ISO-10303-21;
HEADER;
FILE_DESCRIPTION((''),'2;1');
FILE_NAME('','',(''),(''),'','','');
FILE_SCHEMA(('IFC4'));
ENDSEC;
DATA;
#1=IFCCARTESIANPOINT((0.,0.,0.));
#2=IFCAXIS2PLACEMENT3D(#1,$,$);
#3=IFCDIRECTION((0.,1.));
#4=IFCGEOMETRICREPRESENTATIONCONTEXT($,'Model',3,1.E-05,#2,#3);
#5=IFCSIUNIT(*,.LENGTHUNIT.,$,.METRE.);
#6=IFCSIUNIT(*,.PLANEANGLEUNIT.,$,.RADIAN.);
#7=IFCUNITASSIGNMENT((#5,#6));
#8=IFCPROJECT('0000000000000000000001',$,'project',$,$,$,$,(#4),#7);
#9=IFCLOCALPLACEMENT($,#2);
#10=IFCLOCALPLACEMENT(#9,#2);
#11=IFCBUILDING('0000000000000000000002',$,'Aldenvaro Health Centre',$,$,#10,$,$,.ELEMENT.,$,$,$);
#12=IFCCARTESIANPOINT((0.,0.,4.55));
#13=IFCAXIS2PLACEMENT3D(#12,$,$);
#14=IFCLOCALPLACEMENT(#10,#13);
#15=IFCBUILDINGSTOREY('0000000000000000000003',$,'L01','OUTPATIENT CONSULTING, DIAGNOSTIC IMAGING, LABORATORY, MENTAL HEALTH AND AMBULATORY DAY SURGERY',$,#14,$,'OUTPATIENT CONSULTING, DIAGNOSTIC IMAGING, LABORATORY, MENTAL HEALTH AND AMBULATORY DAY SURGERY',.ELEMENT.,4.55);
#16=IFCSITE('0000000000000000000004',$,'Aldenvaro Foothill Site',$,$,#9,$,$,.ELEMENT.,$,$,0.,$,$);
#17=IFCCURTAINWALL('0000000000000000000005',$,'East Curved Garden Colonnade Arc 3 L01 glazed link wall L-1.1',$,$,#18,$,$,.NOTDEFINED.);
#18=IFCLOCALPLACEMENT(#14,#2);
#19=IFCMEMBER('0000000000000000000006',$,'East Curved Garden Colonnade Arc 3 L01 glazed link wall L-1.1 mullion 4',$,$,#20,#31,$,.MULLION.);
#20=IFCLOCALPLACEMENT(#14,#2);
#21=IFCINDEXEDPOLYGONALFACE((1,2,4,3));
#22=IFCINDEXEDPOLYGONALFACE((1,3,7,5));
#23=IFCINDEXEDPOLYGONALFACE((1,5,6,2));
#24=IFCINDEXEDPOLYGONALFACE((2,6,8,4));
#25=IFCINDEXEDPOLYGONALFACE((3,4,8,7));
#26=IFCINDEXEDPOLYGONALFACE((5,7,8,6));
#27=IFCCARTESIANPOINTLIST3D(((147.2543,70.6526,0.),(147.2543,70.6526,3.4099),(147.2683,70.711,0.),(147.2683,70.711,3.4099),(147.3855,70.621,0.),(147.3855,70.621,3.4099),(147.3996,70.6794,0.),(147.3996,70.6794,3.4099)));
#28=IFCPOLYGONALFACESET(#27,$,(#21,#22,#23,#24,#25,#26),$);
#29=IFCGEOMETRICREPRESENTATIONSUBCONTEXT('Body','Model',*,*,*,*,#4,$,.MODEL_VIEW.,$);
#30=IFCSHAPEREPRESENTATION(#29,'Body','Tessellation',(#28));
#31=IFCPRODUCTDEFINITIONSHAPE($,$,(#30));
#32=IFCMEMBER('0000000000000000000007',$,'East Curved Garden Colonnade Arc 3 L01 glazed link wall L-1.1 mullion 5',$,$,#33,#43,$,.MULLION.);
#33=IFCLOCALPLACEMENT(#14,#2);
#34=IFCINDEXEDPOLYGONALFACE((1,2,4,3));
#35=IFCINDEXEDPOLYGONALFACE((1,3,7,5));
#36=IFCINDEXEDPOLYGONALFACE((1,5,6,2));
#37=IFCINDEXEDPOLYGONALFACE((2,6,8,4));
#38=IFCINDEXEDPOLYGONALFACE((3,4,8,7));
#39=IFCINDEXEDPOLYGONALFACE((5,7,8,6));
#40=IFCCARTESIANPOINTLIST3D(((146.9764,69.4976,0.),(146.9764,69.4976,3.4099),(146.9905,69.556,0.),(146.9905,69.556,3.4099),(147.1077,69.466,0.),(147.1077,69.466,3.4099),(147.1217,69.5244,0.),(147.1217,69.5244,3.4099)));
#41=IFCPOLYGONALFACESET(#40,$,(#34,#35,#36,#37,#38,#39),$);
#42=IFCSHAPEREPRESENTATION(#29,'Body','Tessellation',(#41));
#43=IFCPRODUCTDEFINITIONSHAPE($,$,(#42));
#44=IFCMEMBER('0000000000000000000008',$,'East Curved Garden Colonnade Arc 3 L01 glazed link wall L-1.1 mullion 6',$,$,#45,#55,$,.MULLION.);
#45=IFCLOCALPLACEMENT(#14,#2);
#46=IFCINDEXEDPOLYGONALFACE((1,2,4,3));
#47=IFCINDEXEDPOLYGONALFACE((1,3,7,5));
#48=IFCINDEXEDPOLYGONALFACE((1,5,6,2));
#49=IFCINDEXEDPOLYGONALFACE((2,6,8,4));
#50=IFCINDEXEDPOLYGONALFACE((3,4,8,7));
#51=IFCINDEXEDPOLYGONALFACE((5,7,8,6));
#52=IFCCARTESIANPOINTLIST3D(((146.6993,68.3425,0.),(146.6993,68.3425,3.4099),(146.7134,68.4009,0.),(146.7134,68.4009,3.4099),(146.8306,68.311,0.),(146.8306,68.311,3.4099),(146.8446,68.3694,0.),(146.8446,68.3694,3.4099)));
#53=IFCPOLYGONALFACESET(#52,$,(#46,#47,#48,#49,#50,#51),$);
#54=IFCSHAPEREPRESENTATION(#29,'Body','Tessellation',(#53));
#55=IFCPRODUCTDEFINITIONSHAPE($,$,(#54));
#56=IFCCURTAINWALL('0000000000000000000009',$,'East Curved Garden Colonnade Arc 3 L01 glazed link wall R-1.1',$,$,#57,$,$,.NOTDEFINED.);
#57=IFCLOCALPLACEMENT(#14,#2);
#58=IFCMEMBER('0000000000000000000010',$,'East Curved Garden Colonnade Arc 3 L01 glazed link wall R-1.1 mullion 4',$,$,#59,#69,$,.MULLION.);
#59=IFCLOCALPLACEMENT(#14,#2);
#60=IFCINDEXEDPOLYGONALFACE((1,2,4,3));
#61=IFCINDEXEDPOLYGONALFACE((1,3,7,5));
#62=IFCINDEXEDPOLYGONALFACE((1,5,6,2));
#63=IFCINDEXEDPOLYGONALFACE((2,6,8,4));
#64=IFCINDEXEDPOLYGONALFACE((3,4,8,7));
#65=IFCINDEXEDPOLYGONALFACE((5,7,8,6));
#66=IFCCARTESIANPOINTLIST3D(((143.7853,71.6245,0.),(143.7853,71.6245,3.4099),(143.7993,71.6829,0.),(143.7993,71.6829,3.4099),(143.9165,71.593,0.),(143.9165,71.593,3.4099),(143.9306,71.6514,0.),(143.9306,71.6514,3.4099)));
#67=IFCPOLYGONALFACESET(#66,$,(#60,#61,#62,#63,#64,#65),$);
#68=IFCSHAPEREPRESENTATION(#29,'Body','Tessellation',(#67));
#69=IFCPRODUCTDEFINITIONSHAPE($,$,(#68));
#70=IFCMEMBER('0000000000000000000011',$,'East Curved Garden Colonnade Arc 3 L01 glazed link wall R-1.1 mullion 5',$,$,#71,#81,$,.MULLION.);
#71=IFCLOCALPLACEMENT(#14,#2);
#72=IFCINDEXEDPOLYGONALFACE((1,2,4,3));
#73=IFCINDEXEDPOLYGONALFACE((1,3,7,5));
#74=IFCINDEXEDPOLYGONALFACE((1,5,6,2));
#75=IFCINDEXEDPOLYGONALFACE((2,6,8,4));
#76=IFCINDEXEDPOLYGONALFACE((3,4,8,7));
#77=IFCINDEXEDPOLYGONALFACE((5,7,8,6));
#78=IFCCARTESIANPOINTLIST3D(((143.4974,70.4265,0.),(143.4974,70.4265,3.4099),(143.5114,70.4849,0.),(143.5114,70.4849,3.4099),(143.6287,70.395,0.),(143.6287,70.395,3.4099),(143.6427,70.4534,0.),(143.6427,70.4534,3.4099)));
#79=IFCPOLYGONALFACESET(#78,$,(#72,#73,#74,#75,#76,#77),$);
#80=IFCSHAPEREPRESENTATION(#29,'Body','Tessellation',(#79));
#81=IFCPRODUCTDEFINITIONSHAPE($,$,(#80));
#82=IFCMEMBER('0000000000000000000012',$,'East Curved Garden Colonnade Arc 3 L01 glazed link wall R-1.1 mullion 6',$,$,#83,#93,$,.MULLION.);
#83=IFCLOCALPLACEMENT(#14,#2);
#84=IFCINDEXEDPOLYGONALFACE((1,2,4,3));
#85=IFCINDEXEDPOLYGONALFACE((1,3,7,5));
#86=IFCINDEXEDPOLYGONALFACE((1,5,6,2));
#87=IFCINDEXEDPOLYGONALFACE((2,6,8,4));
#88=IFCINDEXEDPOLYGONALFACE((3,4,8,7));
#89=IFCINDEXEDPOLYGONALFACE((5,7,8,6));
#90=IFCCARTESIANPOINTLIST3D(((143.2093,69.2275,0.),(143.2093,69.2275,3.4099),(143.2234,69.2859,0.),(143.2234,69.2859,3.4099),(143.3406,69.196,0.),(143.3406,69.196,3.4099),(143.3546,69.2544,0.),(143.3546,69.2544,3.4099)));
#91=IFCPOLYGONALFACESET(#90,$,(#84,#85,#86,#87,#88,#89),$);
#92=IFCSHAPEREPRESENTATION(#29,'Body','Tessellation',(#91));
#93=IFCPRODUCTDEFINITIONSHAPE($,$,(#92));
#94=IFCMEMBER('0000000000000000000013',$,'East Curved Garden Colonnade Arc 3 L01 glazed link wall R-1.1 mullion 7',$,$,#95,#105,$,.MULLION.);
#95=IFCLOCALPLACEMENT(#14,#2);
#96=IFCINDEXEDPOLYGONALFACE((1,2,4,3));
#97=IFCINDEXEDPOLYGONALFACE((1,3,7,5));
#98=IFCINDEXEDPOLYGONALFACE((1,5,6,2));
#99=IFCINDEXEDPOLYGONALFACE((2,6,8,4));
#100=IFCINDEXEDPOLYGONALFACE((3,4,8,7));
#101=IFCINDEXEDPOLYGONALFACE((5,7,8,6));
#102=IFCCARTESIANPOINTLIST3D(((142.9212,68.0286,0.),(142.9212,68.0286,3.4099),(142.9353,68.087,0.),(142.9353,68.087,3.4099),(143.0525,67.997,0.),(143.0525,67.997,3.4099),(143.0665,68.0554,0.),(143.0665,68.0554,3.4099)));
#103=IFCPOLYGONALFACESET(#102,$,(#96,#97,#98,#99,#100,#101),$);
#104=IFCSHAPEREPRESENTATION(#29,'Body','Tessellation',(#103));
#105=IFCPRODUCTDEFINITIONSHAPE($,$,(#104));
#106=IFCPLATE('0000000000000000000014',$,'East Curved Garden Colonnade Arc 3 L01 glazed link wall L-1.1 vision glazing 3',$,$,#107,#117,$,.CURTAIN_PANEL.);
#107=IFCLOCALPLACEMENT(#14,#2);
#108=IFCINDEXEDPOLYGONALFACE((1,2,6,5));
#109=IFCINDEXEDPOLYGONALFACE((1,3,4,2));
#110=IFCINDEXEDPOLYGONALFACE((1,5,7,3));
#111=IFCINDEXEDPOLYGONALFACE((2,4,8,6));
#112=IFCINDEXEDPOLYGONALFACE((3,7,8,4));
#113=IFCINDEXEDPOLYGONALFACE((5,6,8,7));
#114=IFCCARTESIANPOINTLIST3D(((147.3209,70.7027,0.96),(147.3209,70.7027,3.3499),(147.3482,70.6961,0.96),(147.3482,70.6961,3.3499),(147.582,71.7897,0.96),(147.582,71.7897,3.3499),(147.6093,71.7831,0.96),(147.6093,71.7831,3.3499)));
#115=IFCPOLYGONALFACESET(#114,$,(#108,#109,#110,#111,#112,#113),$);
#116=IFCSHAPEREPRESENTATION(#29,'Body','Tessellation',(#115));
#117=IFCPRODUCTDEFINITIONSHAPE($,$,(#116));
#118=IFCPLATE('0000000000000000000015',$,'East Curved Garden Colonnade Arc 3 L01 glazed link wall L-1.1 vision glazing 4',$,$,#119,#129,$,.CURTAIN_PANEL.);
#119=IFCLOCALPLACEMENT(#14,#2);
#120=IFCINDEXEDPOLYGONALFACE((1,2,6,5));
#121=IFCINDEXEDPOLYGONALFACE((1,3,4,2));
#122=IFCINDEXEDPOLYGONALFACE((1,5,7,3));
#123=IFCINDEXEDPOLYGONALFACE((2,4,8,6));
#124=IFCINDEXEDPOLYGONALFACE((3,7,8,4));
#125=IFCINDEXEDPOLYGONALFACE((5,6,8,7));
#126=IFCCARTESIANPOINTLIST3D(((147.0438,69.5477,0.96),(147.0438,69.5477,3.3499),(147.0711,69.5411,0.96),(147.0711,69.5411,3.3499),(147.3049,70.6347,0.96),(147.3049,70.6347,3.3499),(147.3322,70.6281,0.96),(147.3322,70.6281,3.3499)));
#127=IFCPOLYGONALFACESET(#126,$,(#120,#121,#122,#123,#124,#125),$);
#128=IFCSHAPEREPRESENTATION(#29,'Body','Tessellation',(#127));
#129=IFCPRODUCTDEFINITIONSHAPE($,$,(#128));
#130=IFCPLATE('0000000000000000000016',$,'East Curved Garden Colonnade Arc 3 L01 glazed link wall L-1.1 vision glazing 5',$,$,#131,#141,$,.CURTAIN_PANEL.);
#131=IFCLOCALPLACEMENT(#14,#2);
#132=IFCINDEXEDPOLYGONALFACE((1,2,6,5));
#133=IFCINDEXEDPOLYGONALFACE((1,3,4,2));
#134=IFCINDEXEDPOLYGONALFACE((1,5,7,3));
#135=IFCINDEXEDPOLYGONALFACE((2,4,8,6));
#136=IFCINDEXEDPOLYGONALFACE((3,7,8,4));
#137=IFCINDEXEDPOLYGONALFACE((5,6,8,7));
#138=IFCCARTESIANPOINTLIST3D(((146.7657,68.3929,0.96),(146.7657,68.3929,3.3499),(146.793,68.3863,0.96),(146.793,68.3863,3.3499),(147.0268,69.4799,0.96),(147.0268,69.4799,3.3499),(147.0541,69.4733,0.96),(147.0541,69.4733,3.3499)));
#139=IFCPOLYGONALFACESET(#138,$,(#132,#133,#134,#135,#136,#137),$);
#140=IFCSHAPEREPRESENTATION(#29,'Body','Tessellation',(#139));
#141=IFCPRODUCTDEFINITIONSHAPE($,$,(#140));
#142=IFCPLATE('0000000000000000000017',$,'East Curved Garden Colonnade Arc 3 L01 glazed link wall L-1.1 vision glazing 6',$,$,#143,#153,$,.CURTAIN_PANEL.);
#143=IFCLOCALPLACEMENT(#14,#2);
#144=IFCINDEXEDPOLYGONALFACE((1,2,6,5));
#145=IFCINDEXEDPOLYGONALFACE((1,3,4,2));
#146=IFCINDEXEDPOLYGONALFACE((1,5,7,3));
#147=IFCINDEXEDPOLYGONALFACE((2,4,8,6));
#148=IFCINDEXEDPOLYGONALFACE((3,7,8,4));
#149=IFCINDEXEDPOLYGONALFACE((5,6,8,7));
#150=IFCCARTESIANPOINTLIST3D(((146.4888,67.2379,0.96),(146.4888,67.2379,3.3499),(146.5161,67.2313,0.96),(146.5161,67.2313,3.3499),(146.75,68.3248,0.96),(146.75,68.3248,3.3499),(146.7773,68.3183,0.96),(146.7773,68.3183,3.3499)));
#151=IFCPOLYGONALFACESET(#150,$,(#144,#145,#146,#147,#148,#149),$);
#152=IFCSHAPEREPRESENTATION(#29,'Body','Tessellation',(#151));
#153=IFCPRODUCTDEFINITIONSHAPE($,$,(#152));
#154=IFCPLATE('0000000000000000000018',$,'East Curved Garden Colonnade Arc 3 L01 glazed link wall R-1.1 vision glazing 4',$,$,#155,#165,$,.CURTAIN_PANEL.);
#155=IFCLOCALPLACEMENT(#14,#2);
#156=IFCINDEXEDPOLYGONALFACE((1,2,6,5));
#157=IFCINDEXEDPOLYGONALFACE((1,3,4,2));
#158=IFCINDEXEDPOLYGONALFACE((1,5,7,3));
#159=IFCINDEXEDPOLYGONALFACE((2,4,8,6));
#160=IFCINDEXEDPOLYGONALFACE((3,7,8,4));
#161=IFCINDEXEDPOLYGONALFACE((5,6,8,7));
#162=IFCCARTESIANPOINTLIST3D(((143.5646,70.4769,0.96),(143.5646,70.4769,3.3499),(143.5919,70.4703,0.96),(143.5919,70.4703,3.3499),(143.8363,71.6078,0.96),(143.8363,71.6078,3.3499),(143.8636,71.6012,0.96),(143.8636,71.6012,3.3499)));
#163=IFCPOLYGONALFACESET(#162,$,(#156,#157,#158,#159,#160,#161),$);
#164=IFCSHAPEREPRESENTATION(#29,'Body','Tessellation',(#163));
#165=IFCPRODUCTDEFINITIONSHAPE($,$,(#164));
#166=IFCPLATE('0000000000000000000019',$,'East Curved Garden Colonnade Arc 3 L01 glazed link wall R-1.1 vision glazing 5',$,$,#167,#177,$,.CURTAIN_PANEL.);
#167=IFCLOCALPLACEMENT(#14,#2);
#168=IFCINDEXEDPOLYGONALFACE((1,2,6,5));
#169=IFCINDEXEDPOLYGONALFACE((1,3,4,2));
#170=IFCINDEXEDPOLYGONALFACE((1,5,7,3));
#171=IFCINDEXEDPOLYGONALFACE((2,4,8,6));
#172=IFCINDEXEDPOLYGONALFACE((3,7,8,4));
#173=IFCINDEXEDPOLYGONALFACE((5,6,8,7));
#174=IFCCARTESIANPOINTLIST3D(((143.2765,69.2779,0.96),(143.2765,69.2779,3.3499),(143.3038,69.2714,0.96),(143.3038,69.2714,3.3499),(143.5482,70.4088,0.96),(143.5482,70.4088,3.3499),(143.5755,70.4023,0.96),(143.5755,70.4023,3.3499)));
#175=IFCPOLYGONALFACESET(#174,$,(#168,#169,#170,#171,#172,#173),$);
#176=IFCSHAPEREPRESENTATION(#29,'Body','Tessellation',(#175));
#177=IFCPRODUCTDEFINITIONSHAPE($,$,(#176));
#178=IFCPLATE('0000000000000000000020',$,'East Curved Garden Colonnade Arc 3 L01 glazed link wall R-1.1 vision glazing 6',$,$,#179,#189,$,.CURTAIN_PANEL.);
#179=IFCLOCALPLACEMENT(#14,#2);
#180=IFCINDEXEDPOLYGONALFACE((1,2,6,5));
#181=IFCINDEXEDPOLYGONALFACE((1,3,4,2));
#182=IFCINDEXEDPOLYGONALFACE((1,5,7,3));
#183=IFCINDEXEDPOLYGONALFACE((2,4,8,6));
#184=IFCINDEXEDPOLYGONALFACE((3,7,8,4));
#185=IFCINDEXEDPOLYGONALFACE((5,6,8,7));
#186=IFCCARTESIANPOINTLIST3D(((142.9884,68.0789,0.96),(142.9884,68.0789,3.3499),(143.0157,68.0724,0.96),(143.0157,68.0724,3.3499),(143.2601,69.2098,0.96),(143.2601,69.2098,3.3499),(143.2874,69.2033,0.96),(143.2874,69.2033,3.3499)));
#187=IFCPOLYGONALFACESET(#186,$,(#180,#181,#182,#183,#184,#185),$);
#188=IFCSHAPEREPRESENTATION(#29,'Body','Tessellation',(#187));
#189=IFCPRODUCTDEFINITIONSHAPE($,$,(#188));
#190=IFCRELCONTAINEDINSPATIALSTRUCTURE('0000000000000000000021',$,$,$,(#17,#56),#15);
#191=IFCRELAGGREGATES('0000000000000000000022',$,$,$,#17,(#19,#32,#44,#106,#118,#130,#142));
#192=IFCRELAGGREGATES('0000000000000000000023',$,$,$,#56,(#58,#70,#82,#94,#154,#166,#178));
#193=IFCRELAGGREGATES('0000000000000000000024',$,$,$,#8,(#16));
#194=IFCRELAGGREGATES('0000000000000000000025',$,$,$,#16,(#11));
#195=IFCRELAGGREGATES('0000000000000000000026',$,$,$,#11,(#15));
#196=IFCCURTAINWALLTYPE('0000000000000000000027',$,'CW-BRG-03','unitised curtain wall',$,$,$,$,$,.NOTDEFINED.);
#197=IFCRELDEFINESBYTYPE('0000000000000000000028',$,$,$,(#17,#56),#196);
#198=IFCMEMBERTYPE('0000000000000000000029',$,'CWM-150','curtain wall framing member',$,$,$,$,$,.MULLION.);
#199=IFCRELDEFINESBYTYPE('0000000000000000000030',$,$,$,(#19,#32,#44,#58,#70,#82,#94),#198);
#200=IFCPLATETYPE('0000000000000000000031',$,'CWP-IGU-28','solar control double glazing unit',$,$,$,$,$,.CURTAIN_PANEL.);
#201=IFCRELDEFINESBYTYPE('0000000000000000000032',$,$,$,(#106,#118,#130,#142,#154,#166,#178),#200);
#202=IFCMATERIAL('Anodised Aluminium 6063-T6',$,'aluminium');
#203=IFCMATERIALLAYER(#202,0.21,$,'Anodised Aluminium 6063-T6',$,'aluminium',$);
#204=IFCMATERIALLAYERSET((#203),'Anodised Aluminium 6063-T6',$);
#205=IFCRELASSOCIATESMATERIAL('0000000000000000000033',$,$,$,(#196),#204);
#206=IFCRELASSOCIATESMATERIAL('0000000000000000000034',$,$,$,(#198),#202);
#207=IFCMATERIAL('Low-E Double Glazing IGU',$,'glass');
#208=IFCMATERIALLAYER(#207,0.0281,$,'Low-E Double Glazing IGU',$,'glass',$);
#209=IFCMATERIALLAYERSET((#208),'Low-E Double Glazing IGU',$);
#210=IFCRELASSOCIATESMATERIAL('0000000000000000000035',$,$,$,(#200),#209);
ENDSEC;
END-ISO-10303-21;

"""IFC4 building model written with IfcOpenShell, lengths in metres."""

from ifc_helpers import new_model, si_unit, direction, frame, origin, origin_2d, place, context, subcontext, project, spatial, rectangle, extrude, material, layer, layer_set, material_profile, profile_set, type_object, element, aggregate, save


model = new_model("IFC4")

# Units and contexts
model_context = context("Model", 3, precision=1e-05, world=origin(), true_north=direction((0.0, 1.0)))
body_context = subcontext(model_context, "Body", "Model", "MODEL_VIEW")
ifc_project = project(units=[si_unit("LENGTHUNIT", "METRE"), si_unit("PLANEANGLEUNIT", "RADIAN")], contexts=[model_context])

# Site, building, storey
site_placement = place(None, origin())
site = spatial("IfcSite", under=ifc_project, at=site_placement, Name="Aldenvaro Foothill Site", CompositionType="ELEMENT", RefElevation=0.0)
building_placement = place(site_placement, origin())
building = spatial("IfcBuilding", under=site, at=building_placement, Name="Aldenvaro Health Centre", CompositionType="ELEMENT")
storey_placement = place(building_placement, frame((0.0, 0.0, 4.55)))
storey = spatial("IfcBuildingStorey", under=building, at=storey_placement, Name="L01", Description="OUTPATIENT CONSULTING, DIAGNOSTIC IMAGING, LABORATORY, MENTAL HEALTH AND AMBULATORY DAY SURGERY", LongName="OUTPATIENT CONSULTING, DIAGNOSTIC IMAGING, LABORATORY, MENTAL HEALTH AND AMBULATORY DAY SURGERY", CompositionType="ELEMENT", Elevation=4.55)

# Curtain walls, members
ifc_material_1 = material(Name="Anodised Aluminium 6063-T6", Category="aluminium")
ifc_layer_1 = layer(ifc_material_1, 0.21, Name="Anodised Aluminium 6063-T6", Category="aluminium")
ifc_layer_set_1 = layer_set([ifc_layer_1], Name="Anodised Aluminium 6063-T6")
curtain_wall_type = type_object("IfcCurtainWallType", Name="CW-BRG-03", Description="unitised curtain wall", PredefinedType="NOTDEFINED", material=ifc_layer_set_1)
curtain_wall_1_placement = place(storey_placement, origin())
curtain_wall_1 = element("IfcCurtainWall", 1, at=curtain_wall_1_placement, inside=storey, type_object=curtain_wall_type, Name="East Curved Garden Colonnade Arc 3 L01 glazed link wall L-1.1", PredefinedType="NOTDEFINED")
ifc_material_profile = material_profile(ifc_material_1, rectangle(XDim=0.0601, YDim=0.135, at=origin_2d()), Name="ALU 60x135", Category="aluminium")
ifc_profile_set = profile_set([ifc_material_profile], Name="Anodised Aluminium 6063-T6")
member_type = type_object("IfcMemberType", Name="CWM-150", Description="curtain wall framing member", PredefinedType="MULLION", material=ifc_profile_set)
member_1_placement = place(storey_placement, frame((147.3269, 70.666, 0.0), z_axis=(0.0, 0.0, 1.0), x_axis=(-0.233612, -0.97233, 0.0)))
member_1 = element("IfcMember", 2, at=member_1_placement, type_object=member_type, Name="East Curved Garden Colonnade Arc 3 L01 glazed link wall L-1.1 mullion 4", PredefinedType="MULLION", context=body_context, shape_type="SweptSolid", body=[
    extrude(rectangle(XDim=0.0601, YDim=0.135, at=origin_2d()), origin(), (0.0, 0.0, 1.0), 3.4099),
])
member_2_placement = place(storey_placement, frame((147.0491, 69.511, 0.0), z_axis=(0.0, 0.0, 1.0), x_axis=(-0.233612, -0.97233, 0.0)))
member_2 = element("IfcMember", 3, at=member_2_placement, type_object=member_type, Name="East Curved Garden Colonnade Arc 3 L01 glazed link wall L-1.1 mullion 5", PredefinedType="MULLION", context=body_context, shape_type="SweptSolid", body=[
    extrude(rectangle(XDim=0.0601, YDim=0.135, at=origin_2d()), origin(), (0.0, 0.0, 1.0), 3.4099),
])
member_3_placement = place(storey_placement, frame((146.772, 68.356, 0.0), z_axis=(0.0, 0.0, 1.0), x_axis=(-0.233612, -0.97233, 0.0)))
member_3 = element("IfcMember", 4, at=member_3_placement, type_object=member_type, Name="East Curved Garden Colonnade Arc 3 L01 glazed link wall L-1.1 mullion 6", PredefinedType="MULLION", context=body_context, shape_type="SweptSolid", body=[
    extrude(rectangle(XDim=0.0601, YDim=0.135, at=origin_2d()), origin(), (0.0, 0.0, 1.0), 3.4099),
])
curtain_wall_2_placement = place(storey_placement, origin())
curtain_wall_2 = element("IfcCurtainWall", 5, at=curtain_wall_2_placement, inside=storey, type_object=curtain_wall_type, Name="East Curved Garden Colonnade Arc 3 L01 glazed link wall R-1.1", PredefinedType="NOTDEFINED")
member_4_placement = place(storey_placement, frame((143.8579, 71.6379, 0.0), z_axis=(0.0, 0.0, 1.0), x_axis=(-0.233588, -0.972336, 0.0)))
member_4 = element("IfcMember", 6, at=member_4_placement, type_object=member_type, Name="East Curved Garden Colonnade Arc 3 L01 glazed link wall R-1.1 mullion 4", PredefinedType="MULLION", context=body_context, shape_type="SweptSolid", body=[
    extrude(rectangle(XDim=0.0601, YDim=0.135, at=origin_2d()), origin(), (0.0, 0.0, 1.0), 3.4099),
])
member_5_placement = place(storey_placement, frame((143.5701, 70.4399, 0.0), z_axis=(0.0, 0.0, 1.0), x_axis=(-0.233588, -0.972336, 0.0)))
member_5 = element("IfcMember", 7, at=member_5_placement, type_object=member_type, Name="East Curved Garden Colonnade Arc 3 L01 glazed link wall R-1.1 mullion 5", PredefinedType="MULLION", context=body_context, shape_type="SweptSolid", body=[
    extrude(rectangle(XDim=0.0601, YDim=0.135, at=origin_2d()), origin(), (0.0, 0.0, 1.0), 3.4099),
])
member_6_placement = place(storey_placement, frame((143.282, 69.241, 0.0), z_axis=(0.0, 0.0, 1.0), x_axis=(-0.233588, -0.972336, 0.0)))
member_6 = element("IfcMember", 8, at=member_6_placement, type_object=member_type, Name="East Curved Garden Colonnade Arc 3 L01 glazed link wall R-1.1 mullion 6", PredefinedType="MULLION", context=body_context, shape_type="SweptSolid", body=[
    extrude(rectangle(XDim=0.0601, YDim=0.135, at=origin_2d()), origin(), (0.0, 0.0, 1.0), 3.4099),
])
member_7_placement = place(storey_placement, frame((142.9939, 68.042, 0.0), z_axis=(0.0, 0.0, 1.0), x_axis=(-0.233588, -0.972336, 0.0)))
member_7 = element("IfcMember", 9, at=member_7_placement, type_object=member_type, Name="East Curved Garden Colonnade Arc 3 L01 glazed link wall R-1.1 mullion 7", PredefinedType="MULLION", context=body_context, shape_type="SweptSolid", body=[
    extrude(rectangle(XDim=0.0601, YDim=0.135, at=origin_2d()), origin(), (0.0, 0.0, 1.0), 3.4099),
])

# Plates
ifc_material_2 = material(Name="Low-E Double Glazing IGU", Category="glass")
ifc_layer_2 = layer(ifc_material_2, 0.0281, Name="Low-E Double Glazing IGU", Category="glass")
ifc_layer_set_2 = layer_set([ifc_layer_2], Name="Low-E Double Glazing IGU")
plate_type_1 = type_object("IfcPlateType", Name="CWP-IGU-28", Description="solar control double glazing unit", PredefinedType="CURTAIN_PANEL", material=ifc_layer_set_2)
plate_1_placement = place(storey_placement, frame((147.4651, 71.2429, 0.96), z_axis=(0.0, 0.0, 1.0), x_axis=(-0.233612, -0.97233, 0.0)))
plate_1 = element("IfcPlate", 10, at=plate_1_placement, type_object=plate_type_1, Name="East Curved Garden Colonnade Arc 3 L01 glazed link wall L-1.1 vision glazing 3", PredefinedType="CURTAIN_PANEL", context=body_context, shape_type="SweptSolid", body=[
    extrude(rectangle(XDim=1.1179, YDim=0.0281, at=origin_2d()), origin(), (0.0, 0.0, 1.0), 2.3899),
])
plate_2_placement = place(storey_placement, frame((147.188, 70.0879, 0.96), z_axis=(0.0, 0.0, 1.0), x_axis=(-0.233612, -0.97233, 0.0)))
plate_2 = element("IfcPlate", 11, at=plate_2_placement, type_object=plate_type_1, Name="East Curved Garden Colonnade Arc 3 L01 glazed link wall L-1.1 vision glazing 4", PredefinedType="CURTAIN_PANEL", context=body_context, shape_type="SweptSolid", body=[
    extrude(rectangle(XDim=1.1179, YDim=0.0281, at=origin_2d()), origin(), (0.0, 0.0, 1.0), 2.3899),
])
plate_3_placement = place(storey_placement, frame((146.9099, 68.9331, 0.96), z_axis=(0.0, 0.0, 1.0), x_axis=(-0.233612, -0.97233, 0.0)))
plate_3 = element("IfcPlate", 12, at=plate_3_placement, type_object=plate_type_1, Name="East Curved Garden Colonnade Arc 3 L01 glazed link wall L-1.1 vision glazing 5", PredefinedType="CURTAIN_PANEL", context=body_context, shape_type="SweptSolid", body=[
    extrude(rectangle(XDim=1.1179, YDim=0.0281, at=origin_2d()), origin(), (0.0, 0.0, 1.0), 2.3899),
])
plate_4_placement = place(storey_placement, frame((146.6331, 67.7781, 0.96), z_axis=(0.0, 0.0, 1.0), x_axis=(-0.233612, -0.97233, 0.0)))
plate_4 = element("IfcPlate", 13, at=plate_4_placement, type_object=plate_type_1, Name="East Curved Garden Colonnade Arc 3 L01 glazed link wall L-1.1 vision glazing 6", PredefinedType="CURTAIN_PANEL", context=body_context, shape_type="SweptSolid", body=[
    extrude(rectangle(XDim=1.1179, YDim=0.0281, at=origin_2d()), origin(), (0.0, 0.0, 1.0), 2.3899),
])
plate_5_placement = place(storey_placement, frame((143.7141, 71.0391, 0.96), z_axis=(0.0, 0.0, 1.0), x_axis=(-0.233588, -0.972336, 0.0)))
plate_5 = element("IfcPlate", 14, at=plate_5_placement, type_object=plate_type_1, Name="East Curved Garden Colonnade Arc 3 L01 glazed link wall R-1.1 vision glazing 4", PredefinedType="CURTAIN_PANEL", context=body_context, shape_type="SweptSolid", body=[
    extrude(rectangle(XDim=1.1631, YDim=0.0281, at=origin_2d()), origin(), (0.0, 0.0, 1.0), 2.3899),
])
plate_6_placement = place(storey_placement, frame((143.426, 69.8401, 0.96), z_axis=(0.0, 0.0, 1.0), x_axis=(-0.233588, -0.972336, 0.0)))
plate_6 = element("IfcPlate", 15, at=plate_6_placement, type_object=plate_type_1, Name="East Curved Garden Colonnade Arc 3 L01 glazed link wall R-1.1 vision glazing 5", PredefinedType="CURTAIN_PANEL", context=body_context, shape_type="SweptSolid", body=[
    extrude(rectangle(XDim=1.1631, YDim=0.0281, at=origin_2d()), origin(), (0.0, 0.0, 1.0), 2.3899),
])
plate_7_placement = place(storey_placement, frame((143.1379, 68.6411, 0.96), z_axis=(0.0, 0.0, 1.0), x_axis=(-0.233588, -0.972336, 0.0)))
plate_7 = element("IfcPlate", 16, at=plate_7_placement, type_object=plate_type_1, Name="East Curved Garden Colonnade Arc 3 L01 glazed link wall R-1.1 vision glazing 6", PredefinedType="CURTAIN_PANEL", context=body_context, shape_type="SweptSolid", body=[
    extrude(rectangle(XDim=1.1631, YDim=0.0281, at=origin_2d()), origin(), (0.0, 0.0, 1.0), 2.3899),
])
aggregate(curtain_wall_1, [member_1, member_2, member_3, plate_1, plate_2, plate_3, plate_4])
aggregate(curtain_wall_2, [member_4, member_5, member_6, member_7, plate_5, plate_6, plate_7])

save(model, "model.ifc")
